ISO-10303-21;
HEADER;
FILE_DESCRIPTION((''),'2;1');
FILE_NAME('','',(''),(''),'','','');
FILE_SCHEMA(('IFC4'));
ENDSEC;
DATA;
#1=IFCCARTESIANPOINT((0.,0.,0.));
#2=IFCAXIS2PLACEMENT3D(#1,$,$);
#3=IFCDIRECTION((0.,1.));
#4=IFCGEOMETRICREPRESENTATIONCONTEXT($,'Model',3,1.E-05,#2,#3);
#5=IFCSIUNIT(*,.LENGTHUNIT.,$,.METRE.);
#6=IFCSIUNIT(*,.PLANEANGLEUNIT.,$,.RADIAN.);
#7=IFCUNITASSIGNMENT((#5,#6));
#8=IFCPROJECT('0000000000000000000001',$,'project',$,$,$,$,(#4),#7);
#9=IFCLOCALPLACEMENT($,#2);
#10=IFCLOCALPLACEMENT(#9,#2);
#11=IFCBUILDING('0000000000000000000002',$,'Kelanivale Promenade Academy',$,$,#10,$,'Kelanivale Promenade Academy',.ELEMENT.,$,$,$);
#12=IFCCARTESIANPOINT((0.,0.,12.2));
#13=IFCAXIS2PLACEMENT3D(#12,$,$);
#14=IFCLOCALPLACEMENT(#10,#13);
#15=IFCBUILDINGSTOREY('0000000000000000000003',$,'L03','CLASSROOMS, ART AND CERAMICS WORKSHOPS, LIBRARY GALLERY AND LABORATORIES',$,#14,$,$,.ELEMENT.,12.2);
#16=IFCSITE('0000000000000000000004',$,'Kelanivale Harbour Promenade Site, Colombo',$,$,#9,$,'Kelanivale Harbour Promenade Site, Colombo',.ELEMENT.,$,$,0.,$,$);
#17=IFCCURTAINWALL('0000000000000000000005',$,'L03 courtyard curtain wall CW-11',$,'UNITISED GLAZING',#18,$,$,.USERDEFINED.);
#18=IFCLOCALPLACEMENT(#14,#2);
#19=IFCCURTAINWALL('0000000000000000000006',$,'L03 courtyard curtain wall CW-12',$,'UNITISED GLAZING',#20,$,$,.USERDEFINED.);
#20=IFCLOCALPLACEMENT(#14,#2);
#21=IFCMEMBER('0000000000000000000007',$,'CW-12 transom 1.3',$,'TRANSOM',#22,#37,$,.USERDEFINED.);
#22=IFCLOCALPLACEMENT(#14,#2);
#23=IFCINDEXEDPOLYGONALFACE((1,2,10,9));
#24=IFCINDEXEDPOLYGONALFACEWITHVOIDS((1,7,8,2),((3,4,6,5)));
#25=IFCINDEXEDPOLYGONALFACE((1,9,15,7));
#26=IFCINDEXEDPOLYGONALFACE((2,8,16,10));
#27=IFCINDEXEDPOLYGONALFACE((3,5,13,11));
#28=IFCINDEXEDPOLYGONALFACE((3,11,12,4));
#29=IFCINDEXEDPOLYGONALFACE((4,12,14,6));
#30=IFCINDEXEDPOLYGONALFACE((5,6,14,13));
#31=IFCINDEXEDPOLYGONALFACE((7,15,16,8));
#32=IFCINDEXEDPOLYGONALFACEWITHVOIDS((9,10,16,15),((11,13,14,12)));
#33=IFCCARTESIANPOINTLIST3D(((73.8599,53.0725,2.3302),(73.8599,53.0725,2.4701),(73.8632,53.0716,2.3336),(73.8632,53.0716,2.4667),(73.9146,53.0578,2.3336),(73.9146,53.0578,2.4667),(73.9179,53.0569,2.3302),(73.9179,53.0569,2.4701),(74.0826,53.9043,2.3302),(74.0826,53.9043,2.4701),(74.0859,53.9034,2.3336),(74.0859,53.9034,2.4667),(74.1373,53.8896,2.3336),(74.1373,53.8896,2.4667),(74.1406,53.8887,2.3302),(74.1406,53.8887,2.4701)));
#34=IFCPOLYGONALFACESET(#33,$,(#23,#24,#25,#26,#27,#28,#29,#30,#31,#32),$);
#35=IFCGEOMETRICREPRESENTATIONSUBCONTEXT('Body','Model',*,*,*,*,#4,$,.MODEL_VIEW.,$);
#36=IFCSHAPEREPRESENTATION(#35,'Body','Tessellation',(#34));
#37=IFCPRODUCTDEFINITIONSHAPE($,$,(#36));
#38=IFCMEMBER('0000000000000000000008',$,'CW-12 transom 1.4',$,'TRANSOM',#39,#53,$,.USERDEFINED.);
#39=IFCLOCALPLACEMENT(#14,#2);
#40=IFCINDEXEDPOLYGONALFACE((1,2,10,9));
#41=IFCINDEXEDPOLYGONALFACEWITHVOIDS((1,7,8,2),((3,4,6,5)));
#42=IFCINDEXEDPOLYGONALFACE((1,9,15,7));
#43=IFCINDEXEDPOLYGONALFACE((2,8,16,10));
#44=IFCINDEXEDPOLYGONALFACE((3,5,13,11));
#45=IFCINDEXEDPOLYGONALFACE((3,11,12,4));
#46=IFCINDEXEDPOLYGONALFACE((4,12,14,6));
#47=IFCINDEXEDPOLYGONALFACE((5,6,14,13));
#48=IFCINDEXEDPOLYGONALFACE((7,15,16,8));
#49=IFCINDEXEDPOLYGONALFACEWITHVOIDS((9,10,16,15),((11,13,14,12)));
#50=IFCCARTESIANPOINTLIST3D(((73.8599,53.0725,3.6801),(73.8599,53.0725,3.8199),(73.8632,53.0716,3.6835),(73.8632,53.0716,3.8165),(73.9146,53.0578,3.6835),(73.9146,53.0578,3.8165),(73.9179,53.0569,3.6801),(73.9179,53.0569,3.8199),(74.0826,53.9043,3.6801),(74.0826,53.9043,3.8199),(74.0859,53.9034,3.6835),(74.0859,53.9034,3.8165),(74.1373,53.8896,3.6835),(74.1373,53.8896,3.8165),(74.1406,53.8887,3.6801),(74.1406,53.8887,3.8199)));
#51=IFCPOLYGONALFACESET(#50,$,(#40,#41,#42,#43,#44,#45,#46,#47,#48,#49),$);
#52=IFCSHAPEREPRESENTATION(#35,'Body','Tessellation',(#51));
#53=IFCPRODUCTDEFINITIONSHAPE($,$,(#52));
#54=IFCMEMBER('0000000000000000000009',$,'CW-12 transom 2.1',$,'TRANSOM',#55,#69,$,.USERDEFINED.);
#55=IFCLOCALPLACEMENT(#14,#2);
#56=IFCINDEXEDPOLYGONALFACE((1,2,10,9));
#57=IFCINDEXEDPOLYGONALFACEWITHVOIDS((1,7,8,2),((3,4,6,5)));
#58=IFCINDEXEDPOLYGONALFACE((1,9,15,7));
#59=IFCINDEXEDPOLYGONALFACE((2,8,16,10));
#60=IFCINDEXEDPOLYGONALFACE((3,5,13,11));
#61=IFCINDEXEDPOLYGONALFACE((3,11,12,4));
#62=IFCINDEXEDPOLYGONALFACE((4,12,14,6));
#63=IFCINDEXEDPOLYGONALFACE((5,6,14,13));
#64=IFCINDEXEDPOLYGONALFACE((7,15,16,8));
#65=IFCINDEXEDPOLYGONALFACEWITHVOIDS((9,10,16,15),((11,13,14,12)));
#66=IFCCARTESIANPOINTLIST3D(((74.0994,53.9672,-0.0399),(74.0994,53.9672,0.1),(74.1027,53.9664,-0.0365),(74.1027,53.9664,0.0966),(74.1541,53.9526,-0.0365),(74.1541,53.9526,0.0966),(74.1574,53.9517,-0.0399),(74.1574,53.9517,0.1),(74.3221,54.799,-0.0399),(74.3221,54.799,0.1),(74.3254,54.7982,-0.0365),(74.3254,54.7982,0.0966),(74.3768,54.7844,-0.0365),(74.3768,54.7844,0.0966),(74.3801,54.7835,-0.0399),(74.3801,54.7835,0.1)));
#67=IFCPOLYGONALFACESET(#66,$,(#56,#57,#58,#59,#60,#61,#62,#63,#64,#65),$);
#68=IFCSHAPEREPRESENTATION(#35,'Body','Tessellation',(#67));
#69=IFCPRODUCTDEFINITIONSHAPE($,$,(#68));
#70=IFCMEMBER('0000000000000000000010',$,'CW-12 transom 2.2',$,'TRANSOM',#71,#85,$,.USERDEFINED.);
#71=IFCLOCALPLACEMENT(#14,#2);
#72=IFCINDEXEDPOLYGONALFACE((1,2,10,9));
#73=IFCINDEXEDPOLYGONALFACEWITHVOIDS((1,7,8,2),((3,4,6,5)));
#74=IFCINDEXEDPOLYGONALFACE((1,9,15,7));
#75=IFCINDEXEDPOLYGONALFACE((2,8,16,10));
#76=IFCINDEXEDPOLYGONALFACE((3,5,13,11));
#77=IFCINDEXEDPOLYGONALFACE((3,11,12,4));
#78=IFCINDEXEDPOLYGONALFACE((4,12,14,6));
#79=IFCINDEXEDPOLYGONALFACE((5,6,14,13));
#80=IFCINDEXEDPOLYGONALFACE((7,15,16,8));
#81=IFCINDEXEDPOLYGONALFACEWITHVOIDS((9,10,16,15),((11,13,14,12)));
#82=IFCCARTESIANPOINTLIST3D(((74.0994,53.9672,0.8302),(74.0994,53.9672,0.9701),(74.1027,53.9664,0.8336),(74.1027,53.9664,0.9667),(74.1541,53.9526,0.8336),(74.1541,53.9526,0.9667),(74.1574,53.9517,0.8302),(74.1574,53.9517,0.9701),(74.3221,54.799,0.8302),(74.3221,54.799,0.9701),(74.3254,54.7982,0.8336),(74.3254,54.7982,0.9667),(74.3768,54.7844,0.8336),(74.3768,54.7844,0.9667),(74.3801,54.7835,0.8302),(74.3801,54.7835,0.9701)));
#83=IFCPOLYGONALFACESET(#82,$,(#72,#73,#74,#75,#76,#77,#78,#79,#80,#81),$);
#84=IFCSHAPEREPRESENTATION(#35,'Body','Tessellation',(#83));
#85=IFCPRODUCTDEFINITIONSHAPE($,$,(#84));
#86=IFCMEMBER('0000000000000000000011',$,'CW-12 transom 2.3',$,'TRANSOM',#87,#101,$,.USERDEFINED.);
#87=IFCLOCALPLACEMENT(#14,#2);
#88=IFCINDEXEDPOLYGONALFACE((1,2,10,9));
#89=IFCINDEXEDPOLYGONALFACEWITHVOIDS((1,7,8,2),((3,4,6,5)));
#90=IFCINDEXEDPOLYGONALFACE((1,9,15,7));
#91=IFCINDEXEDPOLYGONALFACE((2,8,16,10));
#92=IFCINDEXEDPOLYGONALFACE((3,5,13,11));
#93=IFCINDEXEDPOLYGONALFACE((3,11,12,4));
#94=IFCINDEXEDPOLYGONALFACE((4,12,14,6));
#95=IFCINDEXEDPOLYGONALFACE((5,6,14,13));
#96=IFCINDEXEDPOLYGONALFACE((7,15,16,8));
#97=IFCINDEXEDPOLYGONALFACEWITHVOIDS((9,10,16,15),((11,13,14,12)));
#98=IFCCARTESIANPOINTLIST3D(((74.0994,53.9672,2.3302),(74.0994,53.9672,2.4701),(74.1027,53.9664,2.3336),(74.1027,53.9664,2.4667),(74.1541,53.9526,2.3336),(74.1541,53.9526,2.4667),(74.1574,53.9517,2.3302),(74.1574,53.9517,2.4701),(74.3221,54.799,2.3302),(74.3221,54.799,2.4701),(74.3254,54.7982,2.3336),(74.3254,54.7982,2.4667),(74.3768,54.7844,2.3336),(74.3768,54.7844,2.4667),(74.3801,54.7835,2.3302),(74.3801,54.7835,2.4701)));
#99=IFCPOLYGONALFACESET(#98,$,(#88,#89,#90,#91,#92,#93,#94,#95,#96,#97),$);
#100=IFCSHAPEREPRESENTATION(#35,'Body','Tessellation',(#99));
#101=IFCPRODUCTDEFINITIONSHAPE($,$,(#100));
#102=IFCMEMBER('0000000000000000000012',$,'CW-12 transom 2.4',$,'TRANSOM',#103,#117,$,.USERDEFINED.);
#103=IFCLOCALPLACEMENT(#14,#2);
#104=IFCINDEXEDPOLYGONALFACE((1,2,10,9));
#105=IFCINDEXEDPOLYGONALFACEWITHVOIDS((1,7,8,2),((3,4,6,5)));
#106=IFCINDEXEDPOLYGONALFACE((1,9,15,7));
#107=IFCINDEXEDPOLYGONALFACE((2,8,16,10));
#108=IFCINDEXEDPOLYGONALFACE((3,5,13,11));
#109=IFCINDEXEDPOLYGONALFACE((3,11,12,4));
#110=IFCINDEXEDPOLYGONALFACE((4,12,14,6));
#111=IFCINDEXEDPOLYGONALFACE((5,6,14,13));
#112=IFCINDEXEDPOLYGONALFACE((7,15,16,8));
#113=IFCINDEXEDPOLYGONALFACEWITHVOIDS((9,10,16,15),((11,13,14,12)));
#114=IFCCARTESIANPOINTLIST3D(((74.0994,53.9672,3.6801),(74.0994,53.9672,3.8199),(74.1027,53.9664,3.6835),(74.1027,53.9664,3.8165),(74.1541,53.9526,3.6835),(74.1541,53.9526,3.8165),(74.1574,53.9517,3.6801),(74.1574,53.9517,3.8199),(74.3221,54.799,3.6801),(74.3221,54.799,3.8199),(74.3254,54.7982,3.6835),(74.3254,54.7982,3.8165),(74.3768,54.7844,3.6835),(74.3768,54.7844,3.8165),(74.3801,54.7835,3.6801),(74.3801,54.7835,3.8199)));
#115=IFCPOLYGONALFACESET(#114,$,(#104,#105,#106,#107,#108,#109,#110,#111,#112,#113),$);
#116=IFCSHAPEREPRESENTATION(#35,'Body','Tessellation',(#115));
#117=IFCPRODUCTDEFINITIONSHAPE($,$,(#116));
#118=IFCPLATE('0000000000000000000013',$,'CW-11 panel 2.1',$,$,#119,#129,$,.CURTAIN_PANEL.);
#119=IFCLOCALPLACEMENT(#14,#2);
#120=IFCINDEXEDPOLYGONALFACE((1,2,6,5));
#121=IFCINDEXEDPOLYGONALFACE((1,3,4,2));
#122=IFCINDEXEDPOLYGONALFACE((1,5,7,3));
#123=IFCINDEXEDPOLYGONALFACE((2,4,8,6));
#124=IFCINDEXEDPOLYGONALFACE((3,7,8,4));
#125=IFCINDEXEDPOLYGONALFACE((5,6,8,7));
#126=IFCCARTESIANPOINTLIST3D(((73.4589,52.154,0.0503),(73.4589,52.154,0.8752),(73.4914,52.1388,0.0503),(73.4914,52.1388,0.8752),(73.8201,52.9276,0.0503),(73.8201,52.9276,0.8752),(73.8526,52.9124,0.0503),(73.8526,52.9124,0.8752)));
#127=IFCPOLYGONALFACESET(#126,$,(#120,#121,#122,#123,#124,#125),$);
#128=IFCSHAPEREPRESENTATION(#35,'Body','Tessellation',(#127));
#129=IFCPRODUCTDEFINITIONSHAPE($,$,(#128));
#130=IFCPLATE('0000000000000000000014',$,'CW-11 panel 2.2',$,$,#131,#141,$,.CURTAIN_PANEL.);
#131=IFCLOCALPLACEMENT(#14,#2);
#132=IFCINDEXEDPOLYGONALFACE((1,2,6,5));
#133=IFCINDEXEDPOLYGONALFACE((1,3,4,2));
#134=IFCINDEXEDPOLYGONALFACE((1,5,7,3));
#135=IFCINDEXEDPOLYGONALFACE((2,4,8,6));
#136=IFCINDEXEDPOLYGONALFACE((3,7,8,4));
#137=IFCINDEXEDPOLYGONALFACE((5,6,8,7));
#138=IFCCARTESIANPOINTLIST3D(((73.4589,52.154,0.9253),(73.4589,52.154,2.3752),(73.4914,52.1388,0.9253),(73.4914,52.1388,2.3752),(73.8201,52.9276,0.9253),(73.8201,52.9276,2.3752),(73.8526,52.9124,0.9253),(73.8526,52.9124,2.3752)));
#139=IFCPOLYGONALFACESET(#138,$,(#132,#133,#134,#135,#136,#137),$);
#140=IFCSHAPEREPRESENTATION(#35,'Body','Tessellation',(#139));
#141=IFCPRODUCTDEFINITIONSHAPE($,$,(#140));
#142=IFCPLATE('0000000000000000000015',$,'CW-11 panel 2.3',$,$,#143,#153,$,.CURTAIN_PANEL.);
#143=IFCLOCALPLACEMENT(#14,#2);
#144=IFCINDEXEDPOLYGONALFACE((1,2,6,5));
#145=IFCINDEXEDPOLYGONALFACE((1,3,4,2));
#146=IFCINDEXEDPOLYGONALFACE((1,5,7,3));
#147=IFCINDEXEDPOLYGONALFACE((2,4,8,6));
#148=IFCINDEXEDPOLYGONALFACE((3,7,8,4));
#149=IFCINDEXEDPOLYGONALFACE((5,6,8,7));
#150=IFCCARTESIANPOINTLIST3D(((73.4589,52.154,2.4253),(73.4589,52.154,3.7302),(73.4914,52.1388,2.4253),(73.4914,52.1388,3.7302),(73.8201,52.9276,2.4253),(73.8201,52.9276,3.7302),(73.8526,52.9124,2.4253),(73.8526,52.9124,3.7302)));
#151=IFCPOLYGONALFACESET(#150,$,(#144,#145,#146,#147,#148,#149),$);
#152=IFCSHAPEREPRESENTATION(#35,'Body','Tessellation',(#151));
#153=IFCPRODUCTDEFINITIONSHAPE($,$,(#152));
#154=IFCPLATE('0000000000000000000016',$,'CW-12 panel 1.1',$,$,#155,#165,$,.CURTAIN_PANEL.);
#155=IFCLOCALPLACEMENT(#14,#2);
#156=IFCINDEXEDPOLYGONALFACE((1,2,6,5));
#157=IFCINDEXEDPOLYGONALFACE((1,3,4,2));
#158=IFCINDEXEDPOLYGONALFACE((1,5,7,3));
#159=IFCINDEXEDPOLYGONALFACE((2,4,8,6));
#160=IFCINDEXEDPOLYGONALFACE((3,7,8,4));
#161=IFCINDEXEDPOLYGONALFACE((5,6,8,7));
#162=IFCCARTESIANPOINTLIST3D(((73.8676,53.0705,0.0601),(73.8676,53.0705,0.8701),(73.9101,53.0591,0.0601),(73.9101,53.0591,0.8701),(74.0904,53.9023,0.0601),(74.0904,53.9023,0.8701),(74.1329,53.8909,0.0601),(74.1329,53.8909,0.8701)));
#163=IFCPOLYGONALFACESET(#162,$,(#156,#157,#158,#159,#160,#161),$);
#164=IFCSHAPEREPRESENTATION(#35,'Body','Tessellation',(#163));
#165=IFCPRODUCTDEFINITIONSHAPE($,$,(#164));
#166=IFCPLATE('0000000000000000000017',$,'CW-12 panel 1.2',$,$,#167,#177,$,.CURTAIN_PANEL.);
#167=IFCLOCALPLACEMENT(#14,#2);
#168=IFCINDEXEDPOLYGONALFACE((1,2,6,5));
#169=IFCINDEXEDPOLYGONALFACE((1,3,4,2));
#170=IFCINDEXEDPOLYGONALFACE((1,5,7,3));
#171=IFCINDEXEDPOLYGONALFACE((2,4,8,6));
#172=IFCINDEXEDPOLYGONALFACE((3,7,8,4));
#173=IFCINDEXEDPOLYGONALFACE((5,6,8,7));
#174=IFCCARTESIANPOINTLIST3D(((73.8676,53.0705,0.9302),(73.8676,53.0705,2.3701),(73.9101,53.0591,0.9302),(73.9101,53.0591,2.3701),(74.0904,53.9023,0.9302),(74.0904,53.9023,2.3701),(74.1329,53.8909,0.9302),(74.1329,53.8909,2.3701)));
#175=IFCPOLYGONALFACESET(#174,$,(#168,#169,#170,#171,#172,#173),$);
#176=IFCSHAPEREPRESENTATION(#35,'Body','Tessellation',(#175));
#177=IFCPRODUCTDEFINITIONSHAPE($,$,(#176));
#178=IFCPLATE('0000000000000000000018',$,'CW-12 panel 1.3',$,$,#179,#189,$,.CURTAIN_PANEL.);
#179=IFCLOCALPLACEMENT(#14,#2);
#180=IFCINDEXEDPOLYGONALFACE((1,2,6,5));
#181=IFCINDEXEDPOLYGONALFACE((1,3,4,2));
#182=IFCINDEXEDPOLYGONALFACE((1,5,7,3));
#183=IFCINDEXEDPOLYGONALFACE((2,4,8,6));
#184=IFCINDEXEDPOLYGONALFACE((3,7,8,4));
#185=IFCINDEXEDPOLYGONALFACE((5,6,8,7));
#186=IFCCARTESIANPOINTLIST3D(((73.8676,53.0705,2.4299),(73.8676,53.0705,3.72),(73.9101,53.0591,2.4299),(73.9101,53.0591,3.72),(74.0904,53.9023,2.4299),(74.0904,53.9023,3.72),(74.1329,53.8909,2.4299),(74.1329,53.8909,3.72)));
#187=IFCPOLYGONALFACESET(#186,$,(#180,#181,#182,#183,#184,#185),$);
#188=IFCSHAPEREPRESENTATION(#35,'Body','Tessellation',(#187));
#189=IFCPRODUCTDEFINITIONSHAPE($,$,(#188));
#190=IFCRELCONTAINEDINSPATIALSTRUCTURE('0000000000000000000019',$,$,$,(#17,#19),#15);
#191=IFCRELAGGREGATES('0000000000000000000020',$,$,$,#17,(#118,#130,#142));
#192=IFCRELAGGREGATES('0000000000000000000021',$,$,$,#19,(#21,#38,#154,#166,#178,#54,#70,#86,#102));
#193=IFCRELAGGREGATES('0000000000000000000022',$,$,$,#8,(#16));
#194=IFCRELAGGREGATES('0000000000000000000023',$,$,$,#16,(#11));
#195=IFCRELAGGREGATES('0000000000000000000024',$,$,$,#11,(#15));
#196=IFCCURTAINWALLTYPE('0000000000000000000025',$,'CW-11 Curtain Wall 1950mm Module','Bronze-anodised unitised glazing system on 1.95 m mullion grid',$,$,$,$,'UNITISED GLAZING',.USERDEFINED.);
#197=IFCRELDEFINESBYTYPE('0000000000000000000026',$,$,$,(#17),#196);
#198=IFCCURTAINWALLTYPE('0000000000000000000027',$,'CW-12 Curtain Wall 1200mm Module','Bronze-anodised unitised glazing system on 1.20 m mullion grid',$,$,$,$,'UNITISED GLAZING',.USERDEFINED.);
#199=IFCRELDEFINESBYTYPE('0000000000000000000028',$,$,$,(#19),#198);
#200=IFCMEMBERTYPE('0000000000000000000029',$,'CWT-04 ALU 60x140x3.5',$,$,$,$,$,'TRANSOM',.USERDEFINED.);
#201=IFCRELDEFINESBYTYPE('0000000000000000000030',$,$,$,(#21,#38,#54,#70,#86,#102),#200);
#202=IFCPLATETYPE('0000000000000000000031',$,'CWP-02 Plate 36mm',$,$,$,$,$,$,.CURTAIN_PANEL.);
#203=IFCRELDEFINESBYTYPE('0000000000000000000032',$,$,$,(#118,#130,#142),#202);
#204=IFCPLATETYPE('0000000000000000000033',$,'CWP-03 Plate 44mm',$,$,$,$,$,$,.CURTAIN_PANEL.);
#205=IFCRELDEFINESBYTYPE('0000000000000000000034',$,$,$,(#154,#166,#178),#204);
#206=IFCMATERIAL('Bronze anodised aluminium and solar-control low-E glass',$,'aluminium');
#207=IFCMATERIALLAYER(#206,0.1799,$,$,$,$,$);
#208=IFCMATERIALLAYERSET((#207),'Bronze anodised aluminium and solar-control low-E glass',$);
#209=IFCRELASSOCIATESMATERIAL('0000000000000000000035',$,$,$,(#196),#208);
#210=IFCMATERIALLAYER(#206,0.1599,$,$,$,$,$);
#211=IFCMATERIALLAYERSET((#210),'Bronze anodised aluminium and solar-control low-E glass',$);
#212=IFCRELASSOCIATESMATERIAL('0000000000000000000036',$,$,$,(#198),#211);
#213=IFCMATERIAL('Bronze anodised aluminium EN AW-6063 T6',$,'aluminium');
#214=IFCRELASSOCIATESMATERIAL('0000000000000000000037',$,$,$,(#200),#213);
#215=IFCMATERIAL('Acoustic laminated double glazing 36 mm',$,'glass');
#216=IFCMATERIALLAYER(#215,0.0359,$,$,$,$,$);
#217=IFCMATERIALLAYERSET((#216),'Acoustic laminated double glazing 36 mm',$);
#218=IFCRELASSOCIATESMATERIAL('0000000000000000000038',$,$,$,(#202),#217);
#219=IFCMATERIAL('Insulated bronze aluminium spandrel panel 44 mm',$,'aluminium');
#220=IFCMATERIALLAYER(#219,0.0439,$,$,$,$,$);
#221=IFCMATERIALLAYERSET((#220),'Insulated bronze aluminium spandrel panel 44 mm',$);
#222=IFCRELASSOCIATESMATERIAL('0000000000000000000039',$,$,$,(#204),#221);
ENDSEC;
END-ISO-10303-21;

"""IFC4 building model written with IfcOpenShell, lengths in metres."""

from ifc_helpers import new_model, si_unit, direction, frame, origin, origin_2d, place, context, subcontext, project, spatial, rectangle, hollow_rectangle, extrude, material, layer, layer_set, material_profile, profile_set, type_object, element, aggregate, save


model = new_model("IFC4")

# Units and contexts
model_context = context("Model", 3, precision=1e-05, world=origin(), true_north=direction((0.0, 1.0)))
body_context = subcontext(model_context, "Body", "Model", "MODEL_VIEW")
ifc_project = project(units=[si_unit("LENGTHUNIT", "METRE"), si_unit("PLANEANGLEUNIT", "RADIAN")], contexts=[model_context])

# Site, building, storey
site_placement = place(None, origin())
site = spatial("IfcSite", under=ifc_project, at=site_placement, Name="Kelanivale Harbour Promenade Site, Colombo", LongName="Kelanivale Harbour Promenade Site, Colombo", CompositionType="ELEMENT", RefElevation=0.0)
building_placement = place(site_placement, origin())
building = spatial("IfcBuilding", under=site, at=building_placement, Name="Kelanivale Promenade Academy", LongName="Kelanivale Promenade Academy", CompositionType="ELEMENT")
storey_placement = place(building_placement, frame((0.0, 0.0, 12.2)))
storey = spatial("IfcBuildingStorey", under=building, at=storey_placement, Name="L03", Description="CLASSROOMS, ART AND CERAMICS WORKSHOPS, LIBRARY GALLERY AND LABORATORIES", CompositionType="ELEMENT", Elevation=12.2)

# Curtain wall
ifc_material_1 = material(Name="Bronze anodised aluminium and solar-control low-E glass", Category="aluminium")
ifc_material_2 = material(Name="Bronze anodised aluminium EN AW-6063 T6", Category="aluminium")
ifc_layer_1 = layer(ifc_material_1, 0.1799)
ifc_layer_set_1 = layer_set([ifc_layer_1], Name="Bronze anodised aluminium and solar-control low-E glass")
curtain_wall_type_1 = type_object("IfcCurtainWallType", Name="CW-11 Curtain Wall 1950mm Module", Description="Bronze-anodised unitised glazing system on 1.95 m mullion grid", ElementType="UNITISED GLAZING", PredefinedType="USERDEFINED", material=ifc_layer_set_1)
curtain_wall_1_placement = place(storey_placement, origin())
curtain_wall_1 = element("IfcCurtainWall", 1, at=curtain_wall_1_placement, inside=storey, type_object=curtain_wall_type_1, Name="L03 courtyard curtain wall CW-11", ObjectType="UNITISED GLAZING", PredefinedType="USERDEFINED")

# Curtain wall
ifc_layer_2 = layer(ifc_material_1, 0.1599)
ifc_layer_set_2 = layer_set([ifc_layer_2], Name="Bronze anodised aluminium and solar-control low-E glass")
curtain_wall_type_2 = type_object("IfcCurtainWallType", Name="CW-12 Curtain Wall 1200mm Module", Description="Bronze-anodised unitised glazing system on 1.20 m mullion grid", ElementType="UNITISED GLAZING", PredefinedType="USERDEFINED", material=ifc_layer_set_2)
curtain_wall_2_placement = place(storey_placement, origin())
curtain_wall_2 = element("IfcCurtainWall", 2, at=curtain_wall_2_placement, inside=storey, type_object=curtain_wall_type_2, Name="L03 courtyard curtain wall CW-12", ObjectType="UNITISED GLAZING", PredefinedType="USERDEFINED")

# Members
ifc_material_profile_1 = material_profile(ifc_material_2, hollow_rectangle(XDim=0.0601, YDim=0.1399, WallThickness=0.0034, at=origin_2d()), Name="ALU 60x140x3.5")
ifc_profile_set_1 = profile_set([ifc_material_profile_1], Name="Bronze anodised aluminium EN AW-6063 T6")
member_type_1 = type_object("IfcMemberType", Name="CWT-04 ALU 60x140x3.5", ElementType="TRANSOM", PredefinedType="USERDEFINED", material=ifc_profile_set_1)
member_1_placement = place(storey_placement, frame((73.8889, 53.0647, 2.4001), z_axis=(0.25858, 0.96599, 0.0), x_axis=(-0.96599, 0.25858, 0.0)))
member_1 = element("IfcMember", 3, at=member_1_placement, type_object=member_type_1, Name="CW-12 transom 1.3", ObjectType="TRANSOM", PredefinedType="USERDEFINED", context=body_context, shape_type="SweptSolid", body=[
    extrude(hollow_rectangle(XDim=0.0601, YDim=0.1399, WallThickness=0.0034, at=origin_2d()), origin(), (0.0, 0.0, 1.0), 0.8611),
])
member_2_placement = place(storey_placement, frame((73.8889, 53.0647, 3.75), z_axis=(0.25858, 0.96599, 0.0), x_axis=(-0.96599, 0.25858, 0.0)))
member_2 = element("IfcMember", 4, at=member_2_placement, type_object=member_type_1, Name="CW-12 transom 1.4", ObjectType="TRANSOM", PredefinedType="USERDEFINED", context=body_context, shape_type="SweptSolid", body=[
    extrude(hollow_rectangle(XDim=0.0601, YDim=0.1399, WallThickness=0.0034, at=origin_2d()), origin(), (0.0, 0.0, 1.0), 0.8611),
])
member_3_placement = place(storey_placement, frame((74.1284, 53.9595, 0.03), z_axis=(0.25858, 0.96599, 0.0), x_axis=(-0.96599, 0.25858, 0.0)))
member_3 = element("IfcMember", 5, at=member_3_placement, type_object=member_type_1, Name="CW-12 transom 2.1", ObjectType="TRANSOM", PredefinedType="USERDEFINED", context=body_context, shape_type="SweptSolid", body=[
    extrude(hollow_rectangle(XDim=0.0601, YDim=0.1399, WallThickness=0.0034, at=origin_2d()), origin(), (0.0, 0.0, 1.0), 0.8611),
])
member_4_placement = place(storey_placement, frame((74.1284, 53.9595, 0.9001), z_axis=(0.25858, 0.96599, 0.0), x_axis=(-0.96599, 0.25858, 0.0)))
member_4 = element("IfcMember", 6, at=member_4_placement, type_object=member_type_1, Name="CW-12 transom 2.2", ObjectType="TRANSOM", PredefinedType="USERDEFINED", context=body_context, shape_type="SweptSolid", body=[
    extrude(hollow_rectangle(XDim=0.0601, YDim=0.1399, WallThickness=0.0034, at=origin_2d()), origin(), (0.0, 0.0, 1.0), 0.8611),
])
member_5_placement = place(storey_placement, frame((74.1284, 53.9595, 2.4001), z_axis=(0.25858, 0.96599, 0.0), x_axis=(-0.96599, 0.25858, 0.0)))
member_5 = element("IfcMember", 7, at=member_5_placement, type_object=member_type_1, Name="CW-12 transom 2.3", ObjectType="TRANSOM", PredefinedType="USERDEFINED", context=body_context, shape_type="SweptSolid", body=[
    extrude(hollow_rectangle(XDim=0.0601, YDim=0.1399, WallThickness=0.0034, at=origin_2d()), origin(), (0.0, 0.0, 1.0), 0.8611),
])
member_6_placement = place(storey_placement, frame((74.1284, 53.9595, 3.75), z_axis=(0.25858, 0.96599, 0.0), x_axis=(-0.96599, 0.25858, 0.0)))
member_6 = element("IfcMember", 8, at=member_6_placement, type_object=member_type_1, Name="CW-12 transom 2.4", ObjectType="TRANSOM", PredefinedType="USERDEFINED", context=body_context, shape_type="SweptSolid", body=[
    extrude(hollow_rectangle(XDim=0.0601, YDim=0.1399, WallThickness=0.0034, at=origin_2d()), origin(), (0.0, 0.0, 1.0), 0.8611),
])

# Plates
ifc_material_3 = material(Name="Acoustic laminated double glazing 36 mm", Category="glass")
ifc_layer_3 = layer(ifc_material_3, 0.0359)
ifc_layer_set_3 = layer_set([ifc_layer_3], Name="Acoustic laminated double glazing 36 mm")
plate_type_1 = type_object("IfcPlateType", Name="CWP-02 Plate 36mm", PredefinedType="CURTAIN_PANEL", material=ifc_layer_set_3)
plate_1_placement = place(storey_placement, frame((73.6558, 52.5332, 0.0503), z_axis=(0.0, 0.0, 1.0), x_axis=(0.423087, 0.906089, 0.0)))
plate_1 = element("IfcPlate", 9, at=plate_1_placement, type_object=plate_type_1, Name="CW-11 panel 2.1", PredefinedType="CURTAIN_PANEL", context=body_context, shape_type="SweptSolid", body=[
    extrude(rectangle(XDim=0.8538, YDim=0.0359, at=origin_2d()), origin(), (0.0, 0.0, 1.0), 0.825),
])
plate_2_placement = place(storey_placement, frame((73.6558, 52.5332, 0.9253), z_axis=(0.0, 0.0, 1.0), x_axis=(0.423087, 0.906089, 0.0)))
plate_2 = element("IfcPlate", 10, at=plate_2_placement, type_object=plate_type_1, Name="CW-11 panel 2.2", PredefinedType="CURTAIN_PANEL", context=body_context, shape_type="SweptSolid", body=[
    extrude(rectangle(XDim=0.8538, YDim=0.0359, at=origin_2d()), origin(), (0.0, 0.0, 1.0), 1.45),
])
plate_3_placement = place(storey_placement, frame((73.6558, 52.5332, 2.4253), z_axis=(0.0, 0.0, 1.0), x_axis=(0.423087, 0.906089, 0.0)))
plate_3 = element("IfcPlate", 11, at=plate_3_placement, type_object=plate_type_1, Name="CW-11 panel 2.3", PredefinedType="CURTAIN_PANEL", context=body_context, shape_type="SweptSolid", body=[
    extrude(rectangle(XDim=0.8538, YDim=0.0359, at=origin_2d()), origin(), (0.0, 0.0, 1.0), 1.3049),
])
aggregate(curtain_wall_1, [plate_1, plate_2, plate_3])
ifc_material_4 = material(Name="Insulated bronze aluminium spandrel panel 44 mm", Category="aluminium")
ifc_layer_4 = layer(ifc_material_4, 0.0439)
ifc_layer_set_4 = layer_set([ifc_layer_4], Name="Insulated bronze aluminium spandrel panel 44 mm")
plate_type_2 = type_object("IfcPlateType", Name="CWP-03 Plate 44mm", PredefinedType="CURTAIN_PANEL", material=ifc_layer_set_4)
plate_4_placement = place(storey_placement, frame((74.0002, 53.4807, 0.0601), z_axis=(0.0, 0.0, 1.0), x_axis=(0.258701, 0.965957, 0.0)))
plate_4 = element("IfcPlate", 12, at=plate_4_placement, type_object=plate_type_2, Name="CW-12 panel 1.1", PredefinedType="CURTAIN_PANEL", context=body_context, shape_type="SweptSolid", body=[
    extrude(rectangle(XDim=0.8611, YDim=0.0439, at=origin_2d()), origin(), (0.0, 0.0, 1.0), 0.8101),
])
plate_5_placement = place(storey_placement, frame((74.0002, 53.4807, 0.9302), z_axis=(0.0, 0.0, 1.0), x_axis=(0.258701, 0.965957, 0.0)))
plate_5 = element("IfcPlate", 13, at=plate_5_placement, type_object=plate_type_2, Name="CW-12 panel 1.2", PredefinedType="CURTAIN_PANEL", context=body_context, shape_type="SweptSolid", body=[
    extrude(rectangle(XDim=0.8611, YDim=0.0439, at=origin_2d()), origin(), (0.0, 0.0, 1.0), 1.4399),
])
plate_6_placement = place(storey_placement, frame((74.0002, 53.4807, 2.4299), z_axis=(0.0, 0.0, 1.0), x_axis=(0.258701, 0.965957, 0.0)))
plate_6 = element("IfcPlate", 14, at=plate_6_placement, type_object=plate_type_2, Name="CW-12 panel 1.3", PredefinedType="CURTAIN_PANEL", context=body_context, shape_type="SweptSolid", body=[
    extrude(rectangle(XDim=0.8611, YDim=0.0439, at=origin_2d()), origin(), (0.0, 0.0, 1.0), 1.29),
])
aggregate(curtain_wall_2, [member_1, member_2, plate_4, plate_5, plate_6, member_3, member_4, member_5, member_6])

save(model, "model.ifc")
